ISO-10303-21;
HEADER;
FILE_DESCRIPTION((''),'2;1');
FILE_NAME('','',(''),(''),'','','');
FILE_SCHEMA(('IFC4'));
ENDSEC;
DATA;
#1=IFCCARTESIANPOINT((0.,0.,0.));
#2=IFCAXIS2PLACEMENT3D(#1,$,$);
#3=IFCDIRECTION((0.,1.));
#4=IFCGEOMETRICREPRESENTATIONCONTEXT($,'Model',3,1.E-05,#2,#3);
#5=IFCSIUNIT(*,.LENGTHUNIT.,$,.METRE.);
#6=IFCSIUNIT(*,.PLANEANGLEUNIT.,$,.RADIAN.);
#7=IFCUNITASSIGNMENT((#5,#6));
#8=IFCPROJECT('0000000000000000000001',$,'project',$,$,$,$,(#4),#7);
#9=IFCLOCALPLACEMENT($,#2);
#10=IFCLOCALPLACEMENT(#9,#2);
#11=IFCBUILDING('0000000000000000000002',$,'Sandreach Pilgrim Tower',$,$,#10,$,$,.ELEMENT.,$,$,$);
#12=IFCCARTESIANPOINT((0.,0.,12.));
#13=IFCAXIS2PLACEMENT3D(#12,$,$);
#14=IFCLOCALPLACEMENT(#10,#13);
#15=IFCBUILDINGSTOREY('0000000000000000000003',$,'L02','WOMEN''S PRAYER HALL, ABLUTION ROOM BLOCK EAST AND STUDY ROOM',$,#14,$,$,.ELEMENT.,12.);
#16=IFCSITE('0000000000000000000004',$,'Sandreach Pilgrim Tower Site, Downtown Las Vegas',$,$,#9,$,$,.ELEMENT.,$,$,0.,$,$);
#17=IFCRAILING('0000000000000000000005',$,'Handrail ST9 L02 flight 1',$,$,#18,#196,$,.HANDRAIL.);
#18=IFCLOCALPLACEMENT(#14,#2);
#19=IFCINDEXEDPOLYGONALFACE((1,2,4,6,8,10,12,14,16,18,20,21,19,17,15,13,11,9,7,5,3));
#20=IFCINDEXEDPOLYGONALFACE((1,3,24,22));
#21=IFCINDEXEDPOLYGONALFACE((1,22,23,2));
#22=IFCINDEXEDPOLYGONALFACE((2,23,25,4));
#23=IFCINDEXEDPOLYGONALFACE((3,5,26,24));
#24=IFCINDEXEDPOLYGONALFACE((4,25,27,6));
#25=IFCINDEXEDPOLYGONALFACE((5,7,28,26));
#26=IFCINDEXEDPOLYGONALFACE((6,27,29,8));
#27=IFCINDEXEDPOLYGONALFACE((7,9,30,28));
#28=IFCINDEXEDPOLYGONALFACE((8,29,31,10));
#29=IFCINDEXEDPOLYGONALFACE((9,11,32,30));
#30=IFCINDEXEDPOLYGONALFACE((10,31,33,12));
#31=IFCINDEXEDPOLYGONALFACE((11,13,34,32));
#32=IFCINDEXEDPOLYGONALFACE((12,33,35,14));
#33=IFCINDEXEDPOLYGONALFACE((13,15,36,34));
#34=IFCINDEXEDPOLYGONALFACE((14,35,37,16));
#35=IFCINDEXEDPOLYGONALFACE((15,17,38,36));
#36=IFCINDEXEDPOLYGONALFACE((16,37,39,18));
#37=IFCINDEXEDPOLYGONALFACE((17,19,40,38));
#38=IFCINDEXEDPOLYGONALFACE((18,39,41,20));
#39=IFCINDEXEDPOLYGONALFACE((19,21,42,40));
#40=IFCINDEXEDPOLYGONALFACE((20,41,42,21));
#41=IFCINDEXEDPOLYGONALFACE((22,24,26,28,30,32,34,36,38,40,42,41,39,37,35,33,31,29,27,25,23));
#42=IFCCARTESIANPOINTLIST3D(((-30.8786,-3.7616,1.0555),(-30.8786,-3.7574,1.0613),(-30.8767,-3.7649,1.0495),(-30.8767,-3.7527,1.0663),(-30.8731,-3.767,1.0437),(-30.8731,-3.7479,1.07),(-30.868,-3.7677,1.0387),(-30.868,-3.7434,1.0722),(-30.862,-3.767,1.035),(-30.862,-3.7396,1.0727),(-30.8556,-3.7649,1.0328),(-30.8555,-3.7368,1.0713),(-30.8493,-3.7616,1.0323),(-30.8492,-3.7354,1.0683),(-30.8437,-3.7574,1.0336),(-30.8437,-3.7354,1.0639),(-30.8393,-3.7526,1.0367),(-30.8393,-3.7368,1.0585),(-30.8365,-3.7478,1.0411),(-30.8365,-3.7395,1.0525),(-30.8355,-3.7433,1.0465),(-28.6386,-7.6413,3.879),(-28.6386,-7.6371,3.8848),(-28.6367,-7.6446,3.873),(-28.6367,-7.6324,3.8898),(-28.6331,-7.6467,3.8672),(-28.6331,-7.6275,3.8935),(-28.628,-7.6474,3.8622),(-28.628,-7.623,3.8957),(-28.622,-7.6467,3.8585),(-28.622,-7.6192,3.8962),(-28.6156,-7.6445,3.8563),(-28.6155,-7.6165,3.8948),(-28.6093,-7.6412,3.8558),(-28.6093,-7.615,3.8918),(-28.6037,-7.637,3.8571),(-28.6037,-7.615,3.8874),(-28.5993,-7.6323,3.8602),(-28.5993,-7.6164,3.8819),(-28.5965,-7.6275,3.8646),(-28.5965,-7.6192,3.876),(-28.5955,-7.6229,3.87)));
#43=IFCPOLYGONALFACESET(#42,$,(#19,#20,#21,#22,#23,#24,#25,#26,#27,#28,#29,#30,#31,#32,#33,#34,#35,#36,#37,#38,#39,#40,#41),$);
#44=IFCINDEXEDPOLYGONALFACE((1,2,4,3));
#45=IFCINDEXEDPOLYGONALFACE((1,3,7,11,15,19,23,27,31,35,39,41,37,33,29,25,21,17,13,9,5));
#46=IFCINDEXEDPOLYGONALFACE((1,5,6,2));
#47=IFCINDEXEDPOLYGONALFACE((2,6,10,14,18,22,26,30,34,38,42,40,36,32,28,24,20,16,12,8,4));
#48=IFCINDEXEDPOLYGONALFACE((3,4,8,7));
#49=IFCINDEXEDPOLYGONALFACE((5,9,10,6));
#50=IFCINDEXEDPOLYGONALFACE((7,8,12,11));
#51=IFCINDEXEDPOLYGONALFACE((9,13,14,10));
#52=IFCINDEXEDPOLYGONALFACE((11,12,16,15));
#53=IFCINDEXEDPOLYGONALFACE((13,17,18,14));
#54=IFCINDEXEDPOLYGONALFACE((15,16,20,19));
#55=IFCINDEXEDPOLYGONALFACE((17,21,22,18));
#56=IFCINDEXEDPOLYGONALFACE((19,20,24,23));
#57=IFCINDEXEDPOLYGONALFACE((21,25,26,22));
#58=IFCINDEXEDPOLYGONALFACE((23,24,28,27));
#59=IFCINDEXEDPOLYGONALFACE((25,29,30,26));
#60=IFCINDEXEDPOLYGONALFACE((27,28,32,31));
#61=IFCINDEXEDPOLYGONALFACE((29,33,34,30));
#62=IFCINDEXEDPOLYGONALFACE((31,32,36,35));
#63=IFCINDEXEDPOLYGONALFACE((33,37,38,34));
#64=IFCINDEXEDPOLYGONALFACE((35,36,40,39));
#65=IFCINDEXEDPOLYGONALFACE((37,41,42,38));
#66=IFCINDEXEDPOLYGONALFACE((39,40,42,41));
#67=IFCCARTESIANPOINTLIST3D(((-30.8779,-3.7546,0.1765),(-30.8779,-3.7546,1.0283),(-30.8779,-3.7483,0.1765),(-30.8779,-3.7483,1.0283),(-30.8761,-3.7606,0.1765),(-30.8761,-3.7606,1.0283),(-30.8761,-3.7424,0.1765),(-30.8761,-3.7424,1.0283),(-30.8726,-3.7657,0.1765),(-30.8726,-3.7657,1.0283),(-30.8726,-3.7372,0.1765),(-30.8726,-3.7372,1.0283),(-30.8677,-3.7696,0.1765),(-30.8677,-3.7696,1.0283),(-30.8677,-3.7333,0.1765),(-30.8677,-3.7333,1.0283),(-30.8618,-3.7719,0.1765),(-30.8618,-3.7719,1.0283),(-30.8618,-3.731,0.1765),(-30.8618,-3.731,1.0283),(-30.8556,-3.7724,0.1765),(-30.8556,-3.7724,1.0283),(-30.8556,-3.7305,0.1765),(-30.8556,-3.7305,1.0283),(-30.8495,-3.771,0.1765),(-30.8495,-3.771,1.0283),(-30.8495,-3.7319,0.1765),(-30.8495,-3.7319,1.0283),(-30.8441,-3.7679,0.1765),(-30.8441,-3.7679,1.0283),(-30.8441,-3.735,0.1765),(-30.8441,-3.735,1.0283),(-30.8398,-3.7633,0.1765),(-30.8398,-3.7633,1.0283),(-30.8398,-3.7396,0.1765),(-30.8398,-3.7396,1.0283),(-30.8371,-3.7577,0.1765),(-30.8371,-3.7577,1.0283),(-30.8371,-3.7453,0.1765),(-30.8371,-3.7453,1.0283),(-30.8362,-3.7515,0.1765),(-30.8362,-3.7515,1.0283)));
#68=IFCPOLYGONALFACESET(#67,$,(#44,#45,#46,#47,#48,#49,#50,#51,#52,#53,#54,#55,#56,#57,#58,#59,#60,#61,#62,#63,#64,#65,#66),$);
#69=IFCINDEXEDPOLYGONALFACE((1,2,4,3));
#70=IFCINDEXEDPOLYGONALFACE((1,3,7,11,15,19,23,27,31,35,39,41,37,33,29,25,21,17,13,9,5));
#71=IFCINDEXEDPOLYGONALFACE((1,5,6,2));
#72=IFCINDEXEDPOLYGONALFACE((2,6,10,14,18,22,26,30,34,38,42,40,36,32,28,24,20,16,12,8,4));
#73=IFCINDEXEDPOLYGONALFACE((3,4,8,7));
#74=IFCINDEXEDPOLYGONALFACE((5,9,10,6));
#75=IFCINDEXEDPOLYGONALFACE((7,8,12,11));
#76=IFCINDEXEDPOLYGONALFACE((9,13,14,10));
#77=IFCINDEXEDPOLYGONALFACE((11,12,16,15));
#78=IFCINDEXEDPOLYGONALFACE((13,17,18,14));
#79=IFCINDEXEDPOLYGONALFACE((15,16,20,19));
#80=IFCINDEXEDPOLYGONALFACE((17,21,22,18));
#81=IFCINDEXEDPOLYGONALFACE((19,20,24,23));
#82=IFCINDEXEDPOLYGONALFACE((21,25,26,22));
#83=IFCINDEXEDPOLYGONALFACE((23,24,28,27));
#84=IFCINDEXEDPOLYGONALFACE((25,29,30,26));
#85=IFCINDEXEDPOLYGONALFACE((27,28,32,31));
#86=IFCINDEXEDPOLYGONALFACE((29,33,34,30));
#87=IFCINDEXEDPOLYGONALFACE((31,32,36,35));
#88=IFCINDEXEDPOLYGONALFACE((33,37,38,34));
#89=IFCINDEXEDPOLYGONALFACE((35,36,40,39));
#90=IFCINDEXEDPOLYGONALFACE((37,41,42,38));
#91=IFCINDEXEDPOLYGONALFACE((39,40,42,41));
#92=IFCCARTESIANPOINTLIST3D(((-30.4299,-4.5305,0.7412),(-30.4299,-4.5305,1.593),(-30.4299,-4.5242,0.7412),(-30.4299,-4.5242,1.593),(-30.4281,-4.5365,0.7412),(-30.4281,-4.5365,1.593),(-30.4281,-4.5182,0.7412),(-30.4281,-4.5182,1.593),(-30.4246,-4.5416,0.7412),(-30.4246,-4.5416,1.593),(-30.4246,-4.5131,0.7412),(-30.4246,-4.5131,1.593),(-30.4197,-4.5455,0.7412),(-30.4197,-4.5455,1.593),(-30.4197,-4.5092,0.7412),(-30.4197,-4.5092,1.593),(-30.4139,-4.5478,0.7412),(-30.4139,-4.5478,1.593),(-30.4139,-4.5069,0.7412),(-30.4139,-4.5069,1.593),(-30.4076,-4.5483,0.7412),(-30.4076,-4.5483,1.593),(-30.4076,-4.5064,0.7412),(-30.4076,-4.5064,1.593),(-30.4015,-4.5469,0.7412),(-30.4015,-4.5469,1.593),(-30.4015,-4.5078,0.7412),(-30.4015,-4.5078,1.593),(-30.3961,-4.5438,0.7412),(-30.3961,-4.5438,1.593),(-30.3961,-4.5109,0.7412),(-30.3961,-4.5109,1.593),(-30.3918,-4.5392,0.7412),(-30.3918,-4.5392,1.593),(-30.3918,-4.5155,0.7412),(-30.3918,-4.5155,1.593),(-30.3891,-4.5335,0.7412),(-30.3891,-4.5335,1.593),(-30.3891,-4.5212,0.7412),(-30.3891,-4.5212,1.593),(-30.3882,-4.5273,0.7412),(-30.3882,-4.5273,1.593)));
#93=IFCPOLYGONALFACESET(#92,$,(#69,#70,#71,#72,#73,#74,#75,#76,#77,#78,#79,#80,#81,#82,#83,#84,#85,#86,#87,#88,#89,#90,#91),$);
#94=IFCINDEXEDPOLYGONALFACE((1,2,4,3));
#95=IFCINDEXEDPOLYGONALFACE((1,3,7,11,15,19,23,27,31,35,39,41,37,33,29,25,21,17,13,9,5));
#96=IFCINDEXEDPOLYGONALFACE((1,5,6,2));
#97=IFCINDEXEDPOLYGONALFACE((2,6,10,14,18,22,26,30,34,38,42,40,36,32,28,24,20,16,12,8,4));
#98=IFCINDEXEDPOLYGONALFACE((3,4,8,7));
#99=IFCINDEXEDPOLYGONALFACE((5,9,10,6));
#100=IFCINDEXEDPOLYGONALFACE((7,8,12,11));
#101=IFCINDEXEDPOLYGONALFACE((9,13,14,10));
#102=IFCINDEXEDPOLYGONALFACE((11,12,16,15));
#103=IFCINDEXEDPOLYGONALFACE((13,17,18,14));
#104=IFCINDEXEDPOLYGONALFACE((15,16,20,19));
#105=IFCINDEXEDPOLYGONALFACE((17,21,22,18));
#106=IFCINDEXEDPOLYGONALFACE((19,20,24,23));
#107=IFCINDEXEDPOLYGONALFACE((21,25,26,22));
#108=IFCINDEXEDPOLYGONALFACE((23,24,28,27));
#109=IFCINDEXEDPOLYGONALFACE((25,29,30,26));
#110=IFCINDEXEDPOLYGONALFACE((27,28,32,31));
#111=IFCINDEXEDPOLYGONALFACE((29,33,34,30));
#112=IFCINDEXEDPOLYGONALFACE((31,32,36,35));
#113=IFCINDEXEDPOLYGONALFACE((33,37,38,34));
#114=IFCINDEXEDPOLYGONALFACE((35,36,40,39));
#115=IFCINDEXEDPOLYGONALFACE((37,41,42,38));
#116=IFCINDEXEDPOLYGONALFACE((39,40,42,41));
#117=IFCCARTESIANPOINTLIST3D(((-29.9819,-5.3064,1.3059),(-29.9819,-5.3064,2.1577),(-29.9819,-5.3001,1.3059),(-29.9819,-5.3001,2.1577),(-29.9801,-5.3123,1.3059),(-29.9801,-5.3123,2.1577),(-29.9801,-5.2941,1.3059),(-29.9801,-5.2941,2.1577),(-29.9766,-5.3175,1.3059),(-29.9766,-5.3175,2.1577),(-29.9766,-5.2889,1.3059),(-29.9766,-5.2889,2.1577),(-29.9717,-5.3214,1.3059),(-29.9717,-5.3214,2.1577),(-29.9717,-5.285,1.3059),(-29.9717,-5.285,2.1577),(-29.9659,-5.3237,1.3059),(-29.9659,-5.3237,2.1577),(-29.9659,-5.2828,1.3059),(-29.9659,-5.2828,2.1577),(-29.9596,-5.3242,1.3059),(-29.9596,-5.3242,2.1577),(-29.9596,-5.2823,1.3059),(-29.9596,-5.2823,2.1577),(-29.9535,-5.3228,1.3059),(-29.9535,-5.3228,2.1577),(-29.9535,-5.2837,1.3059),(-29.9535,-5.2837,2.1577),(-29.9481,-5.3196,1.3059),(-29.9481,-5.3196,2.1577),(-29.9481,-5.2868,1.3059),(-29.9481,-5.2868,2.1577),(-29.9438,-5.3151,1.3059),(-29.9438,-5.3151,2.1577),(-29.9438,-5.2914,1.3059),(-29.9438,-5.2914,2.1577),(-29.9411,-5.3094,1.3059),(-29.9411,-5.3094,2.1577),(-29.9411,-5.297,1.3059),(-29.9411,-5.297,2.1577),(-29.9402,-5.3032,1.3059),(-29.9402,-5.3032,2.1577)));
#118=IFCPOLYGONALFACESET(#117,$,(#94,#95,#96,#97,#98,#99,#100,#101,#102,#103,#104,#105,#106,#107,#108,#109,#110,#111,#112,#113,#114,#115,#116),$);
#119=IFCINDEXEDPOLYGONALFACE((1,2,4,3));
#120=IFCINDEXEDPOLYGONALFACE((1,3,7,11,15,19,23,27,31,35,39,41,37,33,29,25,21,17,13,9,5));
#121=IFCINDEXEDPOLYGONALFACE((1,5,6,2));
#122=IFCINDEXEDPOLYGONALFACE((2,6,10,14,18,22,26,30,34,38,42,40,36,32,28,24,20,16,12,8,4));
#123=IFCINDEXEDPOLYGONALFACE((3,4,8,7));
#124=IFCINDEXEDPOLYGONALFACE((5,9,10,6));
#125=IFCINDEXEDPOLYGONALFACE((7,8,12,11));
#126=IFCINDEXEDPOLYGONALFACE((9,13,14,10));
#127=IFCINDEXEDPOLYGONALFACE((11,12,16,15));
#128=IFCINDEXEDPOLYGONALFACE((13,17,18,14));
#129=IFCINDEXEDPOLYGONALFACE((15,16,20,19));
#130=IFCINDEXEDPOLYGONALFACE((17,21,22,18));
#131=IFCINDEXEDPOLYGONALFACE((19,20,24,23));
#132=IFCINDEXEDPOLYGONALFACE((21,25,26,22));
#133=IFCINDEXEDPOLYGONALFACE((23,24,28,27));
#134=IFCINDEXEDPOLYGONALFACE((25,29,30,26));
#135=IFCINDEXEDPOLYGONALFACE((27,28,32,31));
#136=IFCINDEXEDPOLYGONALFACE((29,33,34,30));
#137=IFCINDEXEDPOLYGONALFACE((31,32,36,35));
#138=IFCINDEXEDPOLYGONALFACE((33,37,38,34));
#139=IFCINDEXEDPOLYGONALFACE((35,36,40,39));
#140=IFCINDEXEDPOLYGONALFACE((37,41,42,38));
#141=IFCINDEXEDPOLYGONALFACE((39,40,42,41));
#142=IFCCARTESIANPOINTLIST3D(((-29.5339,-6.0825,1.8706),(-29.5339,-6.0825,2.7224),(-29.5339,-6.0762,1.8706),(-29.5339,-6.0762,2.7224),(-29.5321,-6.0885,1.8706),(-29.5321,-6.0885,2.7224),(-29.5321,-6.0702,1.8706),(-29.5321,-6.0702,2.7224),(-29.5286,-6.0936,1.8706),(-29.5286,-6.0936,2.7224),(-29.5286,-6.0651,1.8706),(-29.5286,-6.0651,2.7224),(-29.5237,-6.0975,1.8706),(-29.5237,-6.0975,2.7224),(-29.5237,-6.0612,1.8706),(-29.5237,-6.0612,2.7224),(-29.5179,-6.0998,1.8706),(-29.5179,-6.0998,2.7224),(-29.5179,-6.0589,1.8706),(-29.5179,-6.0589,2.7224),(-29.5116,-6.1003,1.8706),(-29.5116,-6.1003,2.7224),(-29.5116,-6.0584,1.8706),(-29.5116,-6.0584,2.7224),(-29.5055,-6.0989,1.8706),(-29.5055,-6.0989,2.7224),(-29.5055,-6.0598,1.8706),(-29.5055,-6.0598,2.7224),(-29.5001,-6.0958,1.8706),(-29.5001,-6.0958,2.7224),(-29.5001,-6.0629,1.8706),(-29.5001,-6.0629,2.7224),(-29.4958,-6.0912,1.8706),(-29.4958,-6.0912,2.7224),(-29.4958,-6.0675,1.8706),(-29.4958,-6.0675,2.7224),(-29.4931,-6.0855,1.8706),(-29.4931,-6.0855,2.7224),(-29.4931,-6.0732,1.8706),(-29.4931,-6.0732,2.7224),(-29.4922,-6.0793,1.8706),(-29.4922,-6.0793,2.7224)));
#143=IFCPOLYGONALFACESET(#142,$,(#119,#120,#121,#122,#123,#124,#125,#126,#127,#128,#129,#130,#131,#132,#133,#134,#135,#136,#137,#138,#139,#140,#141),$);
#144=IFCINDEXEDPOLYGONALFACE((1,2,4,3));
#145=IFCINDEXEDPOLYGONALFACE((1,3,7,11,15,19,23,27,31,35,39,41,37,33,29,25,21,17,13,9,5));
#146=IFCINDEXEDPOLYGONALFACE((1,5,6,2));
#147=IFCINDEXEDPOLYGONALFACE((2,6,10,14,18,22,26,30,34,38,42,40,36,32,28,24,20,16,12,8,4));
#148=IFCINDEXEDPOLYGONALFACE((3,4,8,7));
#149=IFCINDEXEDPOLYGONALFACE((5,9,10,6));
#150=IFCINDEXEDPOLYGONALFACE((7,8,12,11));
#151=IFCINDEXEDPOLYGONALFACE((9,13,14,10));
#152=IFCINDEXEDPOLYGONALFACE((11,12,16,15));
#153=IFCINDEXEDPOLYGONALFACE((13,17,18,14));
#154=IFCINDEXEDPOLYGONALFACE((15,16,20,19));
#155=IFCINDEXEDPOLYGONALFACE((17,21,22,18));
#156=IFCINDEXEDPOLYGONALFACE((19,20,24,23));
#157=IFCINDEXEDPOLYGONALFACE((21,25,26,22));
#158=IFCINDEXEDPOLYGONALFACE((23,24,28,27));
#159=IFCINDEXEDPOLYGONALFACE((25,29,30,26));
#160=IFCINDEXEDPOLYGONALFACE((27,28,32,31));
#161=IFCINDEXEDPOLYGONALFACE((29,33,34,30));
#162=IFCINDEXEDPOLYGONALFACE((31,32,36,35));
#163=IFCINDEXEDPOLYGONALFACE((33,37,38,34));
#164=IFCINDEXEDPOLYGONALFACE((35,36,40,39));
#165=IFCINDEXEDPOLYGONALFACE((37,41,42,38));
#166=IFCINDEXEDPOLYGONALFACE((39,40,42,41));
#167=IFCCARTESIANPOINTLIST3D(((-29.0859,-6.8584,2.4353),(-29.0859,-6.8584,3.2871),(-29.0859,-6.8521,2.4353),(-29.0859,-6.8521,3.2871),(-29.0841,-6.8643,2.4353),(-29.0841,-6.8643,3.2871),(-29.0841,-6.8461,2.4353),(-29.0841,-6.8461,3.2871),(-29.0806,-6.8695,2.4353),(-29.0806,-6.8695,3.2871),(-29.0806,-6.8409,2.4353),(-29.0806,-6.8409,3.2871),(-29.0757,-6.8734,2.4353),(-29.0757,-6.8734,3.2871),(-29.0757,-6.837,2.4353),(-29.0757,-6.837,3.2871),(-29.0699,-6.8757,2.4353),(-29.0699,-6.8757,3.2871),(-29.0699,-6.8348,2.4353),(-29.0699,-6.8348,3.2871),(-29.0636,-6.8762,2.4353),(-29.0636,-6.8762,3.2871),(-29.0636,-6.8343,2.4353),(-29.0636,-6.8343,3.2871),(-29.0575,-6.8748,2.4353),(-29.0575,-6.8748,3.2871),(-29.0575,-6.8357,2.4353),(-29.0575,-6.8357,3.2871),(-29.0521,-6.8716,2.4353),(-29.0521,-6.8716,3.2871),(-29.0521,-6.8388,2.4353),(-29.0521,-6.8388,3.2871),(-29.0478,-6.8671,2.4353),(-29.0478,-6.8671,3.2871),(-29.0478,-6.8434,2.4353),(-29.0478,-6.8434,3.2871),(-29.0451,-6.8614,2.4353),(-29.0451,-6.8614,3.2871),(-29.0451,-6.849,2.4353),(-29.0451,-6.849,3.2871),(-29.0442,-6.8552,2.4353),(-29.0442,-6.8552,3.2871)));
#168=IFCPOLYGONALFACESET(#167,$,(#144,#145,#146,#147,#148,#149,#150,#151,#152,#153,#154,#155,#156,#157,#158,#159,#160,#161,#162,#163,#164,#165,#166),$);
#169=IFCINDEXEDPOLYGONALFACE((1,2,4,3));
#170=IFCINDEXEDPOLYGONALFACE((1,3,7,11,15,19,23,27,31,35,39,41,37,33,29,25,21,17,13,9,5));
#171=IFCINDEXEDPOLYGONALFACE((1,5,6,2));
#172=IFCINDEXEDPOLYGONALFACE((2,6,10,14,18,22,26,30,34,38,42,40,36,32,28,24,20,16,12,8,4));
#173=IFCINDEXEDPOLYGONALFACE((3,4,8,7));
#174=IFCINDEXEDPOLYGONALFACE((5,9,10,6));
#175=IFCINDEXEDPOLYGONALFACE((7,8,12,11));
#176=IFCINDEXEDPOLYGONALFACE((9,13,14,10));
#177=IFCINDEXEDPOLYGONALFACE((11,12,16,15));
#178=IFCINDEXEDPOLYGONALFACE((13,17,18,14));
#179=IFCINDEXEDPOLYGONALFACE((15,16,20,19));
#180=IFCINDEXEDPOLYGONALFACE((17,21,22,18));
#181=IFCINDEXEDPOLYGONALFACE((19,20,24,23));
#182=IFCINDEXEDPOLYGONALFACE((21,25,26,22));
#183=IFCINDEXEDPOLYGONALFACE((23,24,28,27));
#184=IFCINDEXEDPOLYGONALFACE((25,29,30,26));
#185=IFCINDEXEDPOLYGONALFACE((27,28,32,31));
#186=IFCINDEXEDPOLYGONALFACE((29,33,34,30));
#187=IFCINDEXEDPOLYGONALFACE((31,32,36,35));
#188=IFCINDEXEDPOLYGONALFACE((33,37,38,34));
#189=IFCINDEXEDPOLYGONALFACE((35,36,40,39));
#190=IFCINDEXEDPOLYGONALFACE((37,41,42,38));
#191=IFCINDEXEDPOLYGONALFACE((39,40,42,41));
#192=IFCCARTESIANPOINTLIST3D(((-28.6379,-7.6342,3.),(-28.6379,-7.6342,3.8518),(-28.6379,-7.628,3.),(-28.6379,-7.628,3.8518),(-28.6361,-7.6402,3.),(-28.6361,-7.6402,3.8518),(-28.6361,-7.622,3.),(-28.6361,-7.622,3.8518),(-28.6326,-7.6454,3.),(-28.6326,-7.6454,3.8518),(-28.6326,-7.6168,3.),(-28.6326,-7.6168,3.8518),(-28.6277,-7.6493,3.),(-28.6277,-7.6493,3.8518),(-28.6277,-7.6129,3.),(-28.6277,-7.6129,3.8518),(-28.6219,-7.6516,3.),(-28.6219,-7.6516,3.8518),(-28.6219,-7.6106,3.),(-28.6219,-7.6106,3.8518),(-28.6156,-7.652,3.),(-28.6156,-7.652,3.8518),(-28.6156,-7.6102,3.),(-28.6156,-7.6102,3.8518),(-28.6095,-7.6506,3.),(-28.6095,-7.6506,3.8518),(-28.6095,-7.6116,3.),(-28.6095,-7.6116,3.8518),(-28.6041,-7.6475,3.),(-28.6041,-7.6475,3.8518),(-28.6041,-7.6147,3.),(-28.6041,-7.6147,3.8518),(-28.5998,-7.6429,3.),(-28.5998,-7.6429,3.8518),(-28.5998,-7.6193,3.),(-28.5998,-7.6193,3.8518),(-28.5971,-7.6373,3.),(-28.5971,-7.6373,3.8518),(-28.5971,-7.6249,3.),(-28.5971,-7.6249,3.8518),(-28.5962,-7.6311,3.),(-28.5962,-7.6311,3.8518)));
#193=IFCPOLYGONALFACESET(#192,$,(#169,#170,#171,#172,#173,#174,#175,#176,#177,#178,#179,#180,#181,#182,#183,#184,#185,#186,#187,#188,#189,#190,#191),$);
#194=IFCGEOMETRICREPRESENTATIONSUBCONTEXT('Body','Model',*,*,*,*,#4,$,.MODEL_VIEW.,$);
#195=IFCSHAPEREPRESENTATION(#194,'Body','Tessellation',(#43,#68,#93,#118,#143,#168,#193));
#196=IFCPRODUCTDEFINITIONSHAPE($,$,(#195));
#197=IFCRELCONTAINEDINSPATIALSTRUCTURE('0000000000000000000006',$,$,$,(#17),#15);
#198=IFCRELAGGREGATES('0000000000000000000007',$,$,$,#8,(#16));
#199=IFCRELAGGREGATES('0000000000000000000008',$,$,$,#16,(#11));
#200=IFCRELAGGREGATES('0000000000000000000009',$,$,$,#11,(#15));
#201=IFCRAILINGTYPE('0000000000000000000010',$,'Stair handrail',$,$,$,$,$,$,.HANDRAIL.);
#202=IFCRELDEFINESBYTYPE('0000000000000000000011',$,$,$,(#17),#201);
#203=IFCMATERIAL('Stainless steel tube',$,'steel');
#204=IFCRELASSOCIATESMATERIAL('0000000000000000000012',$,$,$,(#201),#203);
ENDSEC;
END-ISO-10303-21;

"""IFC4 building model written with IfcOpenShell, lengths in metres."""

from ifc_helpers import new_model, si_unit, direction, frame, origin, origin_2d, place, context, subcontext, project, spatial, circle, extrude, material, type_object, element, save


model = new_model("IFC4")

# Units and contexts
model_context = context("Model", 3, precision=1e-05, world=origin(), true_north=direction((0.0, 1.0)))
body_context = subcontext(model_context, "Body", "Model", "MODEL_VIEW")
ifc_project = project(units=[si_unit("LENGTHUNIT", "METRE"), si_unit("PLANEANGLEUNIT", "RADIAN")], contexts=[model_context])

# Site, building, storey
site_placement = place(None, origin())
site = spatial("IfcSite", under=ifc_project, at=site_placement, Name="Sandreach Pilgrim Tower Site, Downtown Las Vegas", CompositionType="ELEMENT", RefElevation=0.0)
building_placement = place(site_placement, origin())
building = spatial("IfcBuilding", under=site, at=building_placement, Name="Sandreach Pilgrim Tower", CompositionType="ELEMENT")
storey_placement = place(building_placement, frame((0.0, 0.0, 12.0)))
storey = spatial("IfcBuildingStorey", under=building, at=storey_placement, Name="L02", Description="WOMEN'S PRAYER HALL, ABLUTION ROOM BLOCK EAST AND STUDY ROOM", CompositionType="ELEMENT", Elevation=12.0)

# Railing
ifc_material_1 = material(Name="Stainless steel tube", Category="steel")
railing_type = type_object("IfcRailingType", Name="Stair handrail", PredefinedType="HANDRAIL", material=ifc_material_1)
railing_1_placement = place(storey_placement, frame((-30.8572, -3.7515, 0.1765)))
element("IfcRailing", 1, at=railing_1_placement, inside=storey, type_object=railing_type, Name="Handrail ST9 L02 flight 1", PredefinedType="HANDRAIL", context=body_context, shape_type="SweptSolid", body=[
    extrude(circle(Radius=0.0239, at=origin_2d()), frame((0.0, 0.0, 0.876), z_axis=(0.423007, -0.732644, 0.533196), x_axis=(0.866018, 0.500013, 0.0)), (0.0, 0.0, 1.0), 5.2954),
    extrude(circle(Radius=0.021, at=origin_2d()), origin(), (0.0, 0.0, 1.0), 0.8518),
    extrude(circle(Radius=0.021, at=origin_2d()), frame((0.448, -0.7759, 0.5647)), (0.0, 0.0, 1.0), 0.8518),
    extrude(circle(Radius=0.021, at=origin_2d()), frame((0.896, -1.5518, 1.1294)), (0.0, 0.0, 1.0), 0.8518),
    extrude(circle(Radius=0.021, at=origin_2d()), frame((1.344, -2.3279, 1.6941)), (0.0, 0.0, 1.0), 0.8518),
    extrude(circle(Radius=0.021, at=origin_2d()), frame((1.792, -3.1038, 2.2588)), (0.0, 0.0, 1.0), 0.8518),
    extrude(circle(Radius=0.021, at=origin_2d()), frame((2.24, -3.8796, 2.8235)), (0.0, 0.0, 1.0), 0.8518),
])

save(model, "model.ifc")
